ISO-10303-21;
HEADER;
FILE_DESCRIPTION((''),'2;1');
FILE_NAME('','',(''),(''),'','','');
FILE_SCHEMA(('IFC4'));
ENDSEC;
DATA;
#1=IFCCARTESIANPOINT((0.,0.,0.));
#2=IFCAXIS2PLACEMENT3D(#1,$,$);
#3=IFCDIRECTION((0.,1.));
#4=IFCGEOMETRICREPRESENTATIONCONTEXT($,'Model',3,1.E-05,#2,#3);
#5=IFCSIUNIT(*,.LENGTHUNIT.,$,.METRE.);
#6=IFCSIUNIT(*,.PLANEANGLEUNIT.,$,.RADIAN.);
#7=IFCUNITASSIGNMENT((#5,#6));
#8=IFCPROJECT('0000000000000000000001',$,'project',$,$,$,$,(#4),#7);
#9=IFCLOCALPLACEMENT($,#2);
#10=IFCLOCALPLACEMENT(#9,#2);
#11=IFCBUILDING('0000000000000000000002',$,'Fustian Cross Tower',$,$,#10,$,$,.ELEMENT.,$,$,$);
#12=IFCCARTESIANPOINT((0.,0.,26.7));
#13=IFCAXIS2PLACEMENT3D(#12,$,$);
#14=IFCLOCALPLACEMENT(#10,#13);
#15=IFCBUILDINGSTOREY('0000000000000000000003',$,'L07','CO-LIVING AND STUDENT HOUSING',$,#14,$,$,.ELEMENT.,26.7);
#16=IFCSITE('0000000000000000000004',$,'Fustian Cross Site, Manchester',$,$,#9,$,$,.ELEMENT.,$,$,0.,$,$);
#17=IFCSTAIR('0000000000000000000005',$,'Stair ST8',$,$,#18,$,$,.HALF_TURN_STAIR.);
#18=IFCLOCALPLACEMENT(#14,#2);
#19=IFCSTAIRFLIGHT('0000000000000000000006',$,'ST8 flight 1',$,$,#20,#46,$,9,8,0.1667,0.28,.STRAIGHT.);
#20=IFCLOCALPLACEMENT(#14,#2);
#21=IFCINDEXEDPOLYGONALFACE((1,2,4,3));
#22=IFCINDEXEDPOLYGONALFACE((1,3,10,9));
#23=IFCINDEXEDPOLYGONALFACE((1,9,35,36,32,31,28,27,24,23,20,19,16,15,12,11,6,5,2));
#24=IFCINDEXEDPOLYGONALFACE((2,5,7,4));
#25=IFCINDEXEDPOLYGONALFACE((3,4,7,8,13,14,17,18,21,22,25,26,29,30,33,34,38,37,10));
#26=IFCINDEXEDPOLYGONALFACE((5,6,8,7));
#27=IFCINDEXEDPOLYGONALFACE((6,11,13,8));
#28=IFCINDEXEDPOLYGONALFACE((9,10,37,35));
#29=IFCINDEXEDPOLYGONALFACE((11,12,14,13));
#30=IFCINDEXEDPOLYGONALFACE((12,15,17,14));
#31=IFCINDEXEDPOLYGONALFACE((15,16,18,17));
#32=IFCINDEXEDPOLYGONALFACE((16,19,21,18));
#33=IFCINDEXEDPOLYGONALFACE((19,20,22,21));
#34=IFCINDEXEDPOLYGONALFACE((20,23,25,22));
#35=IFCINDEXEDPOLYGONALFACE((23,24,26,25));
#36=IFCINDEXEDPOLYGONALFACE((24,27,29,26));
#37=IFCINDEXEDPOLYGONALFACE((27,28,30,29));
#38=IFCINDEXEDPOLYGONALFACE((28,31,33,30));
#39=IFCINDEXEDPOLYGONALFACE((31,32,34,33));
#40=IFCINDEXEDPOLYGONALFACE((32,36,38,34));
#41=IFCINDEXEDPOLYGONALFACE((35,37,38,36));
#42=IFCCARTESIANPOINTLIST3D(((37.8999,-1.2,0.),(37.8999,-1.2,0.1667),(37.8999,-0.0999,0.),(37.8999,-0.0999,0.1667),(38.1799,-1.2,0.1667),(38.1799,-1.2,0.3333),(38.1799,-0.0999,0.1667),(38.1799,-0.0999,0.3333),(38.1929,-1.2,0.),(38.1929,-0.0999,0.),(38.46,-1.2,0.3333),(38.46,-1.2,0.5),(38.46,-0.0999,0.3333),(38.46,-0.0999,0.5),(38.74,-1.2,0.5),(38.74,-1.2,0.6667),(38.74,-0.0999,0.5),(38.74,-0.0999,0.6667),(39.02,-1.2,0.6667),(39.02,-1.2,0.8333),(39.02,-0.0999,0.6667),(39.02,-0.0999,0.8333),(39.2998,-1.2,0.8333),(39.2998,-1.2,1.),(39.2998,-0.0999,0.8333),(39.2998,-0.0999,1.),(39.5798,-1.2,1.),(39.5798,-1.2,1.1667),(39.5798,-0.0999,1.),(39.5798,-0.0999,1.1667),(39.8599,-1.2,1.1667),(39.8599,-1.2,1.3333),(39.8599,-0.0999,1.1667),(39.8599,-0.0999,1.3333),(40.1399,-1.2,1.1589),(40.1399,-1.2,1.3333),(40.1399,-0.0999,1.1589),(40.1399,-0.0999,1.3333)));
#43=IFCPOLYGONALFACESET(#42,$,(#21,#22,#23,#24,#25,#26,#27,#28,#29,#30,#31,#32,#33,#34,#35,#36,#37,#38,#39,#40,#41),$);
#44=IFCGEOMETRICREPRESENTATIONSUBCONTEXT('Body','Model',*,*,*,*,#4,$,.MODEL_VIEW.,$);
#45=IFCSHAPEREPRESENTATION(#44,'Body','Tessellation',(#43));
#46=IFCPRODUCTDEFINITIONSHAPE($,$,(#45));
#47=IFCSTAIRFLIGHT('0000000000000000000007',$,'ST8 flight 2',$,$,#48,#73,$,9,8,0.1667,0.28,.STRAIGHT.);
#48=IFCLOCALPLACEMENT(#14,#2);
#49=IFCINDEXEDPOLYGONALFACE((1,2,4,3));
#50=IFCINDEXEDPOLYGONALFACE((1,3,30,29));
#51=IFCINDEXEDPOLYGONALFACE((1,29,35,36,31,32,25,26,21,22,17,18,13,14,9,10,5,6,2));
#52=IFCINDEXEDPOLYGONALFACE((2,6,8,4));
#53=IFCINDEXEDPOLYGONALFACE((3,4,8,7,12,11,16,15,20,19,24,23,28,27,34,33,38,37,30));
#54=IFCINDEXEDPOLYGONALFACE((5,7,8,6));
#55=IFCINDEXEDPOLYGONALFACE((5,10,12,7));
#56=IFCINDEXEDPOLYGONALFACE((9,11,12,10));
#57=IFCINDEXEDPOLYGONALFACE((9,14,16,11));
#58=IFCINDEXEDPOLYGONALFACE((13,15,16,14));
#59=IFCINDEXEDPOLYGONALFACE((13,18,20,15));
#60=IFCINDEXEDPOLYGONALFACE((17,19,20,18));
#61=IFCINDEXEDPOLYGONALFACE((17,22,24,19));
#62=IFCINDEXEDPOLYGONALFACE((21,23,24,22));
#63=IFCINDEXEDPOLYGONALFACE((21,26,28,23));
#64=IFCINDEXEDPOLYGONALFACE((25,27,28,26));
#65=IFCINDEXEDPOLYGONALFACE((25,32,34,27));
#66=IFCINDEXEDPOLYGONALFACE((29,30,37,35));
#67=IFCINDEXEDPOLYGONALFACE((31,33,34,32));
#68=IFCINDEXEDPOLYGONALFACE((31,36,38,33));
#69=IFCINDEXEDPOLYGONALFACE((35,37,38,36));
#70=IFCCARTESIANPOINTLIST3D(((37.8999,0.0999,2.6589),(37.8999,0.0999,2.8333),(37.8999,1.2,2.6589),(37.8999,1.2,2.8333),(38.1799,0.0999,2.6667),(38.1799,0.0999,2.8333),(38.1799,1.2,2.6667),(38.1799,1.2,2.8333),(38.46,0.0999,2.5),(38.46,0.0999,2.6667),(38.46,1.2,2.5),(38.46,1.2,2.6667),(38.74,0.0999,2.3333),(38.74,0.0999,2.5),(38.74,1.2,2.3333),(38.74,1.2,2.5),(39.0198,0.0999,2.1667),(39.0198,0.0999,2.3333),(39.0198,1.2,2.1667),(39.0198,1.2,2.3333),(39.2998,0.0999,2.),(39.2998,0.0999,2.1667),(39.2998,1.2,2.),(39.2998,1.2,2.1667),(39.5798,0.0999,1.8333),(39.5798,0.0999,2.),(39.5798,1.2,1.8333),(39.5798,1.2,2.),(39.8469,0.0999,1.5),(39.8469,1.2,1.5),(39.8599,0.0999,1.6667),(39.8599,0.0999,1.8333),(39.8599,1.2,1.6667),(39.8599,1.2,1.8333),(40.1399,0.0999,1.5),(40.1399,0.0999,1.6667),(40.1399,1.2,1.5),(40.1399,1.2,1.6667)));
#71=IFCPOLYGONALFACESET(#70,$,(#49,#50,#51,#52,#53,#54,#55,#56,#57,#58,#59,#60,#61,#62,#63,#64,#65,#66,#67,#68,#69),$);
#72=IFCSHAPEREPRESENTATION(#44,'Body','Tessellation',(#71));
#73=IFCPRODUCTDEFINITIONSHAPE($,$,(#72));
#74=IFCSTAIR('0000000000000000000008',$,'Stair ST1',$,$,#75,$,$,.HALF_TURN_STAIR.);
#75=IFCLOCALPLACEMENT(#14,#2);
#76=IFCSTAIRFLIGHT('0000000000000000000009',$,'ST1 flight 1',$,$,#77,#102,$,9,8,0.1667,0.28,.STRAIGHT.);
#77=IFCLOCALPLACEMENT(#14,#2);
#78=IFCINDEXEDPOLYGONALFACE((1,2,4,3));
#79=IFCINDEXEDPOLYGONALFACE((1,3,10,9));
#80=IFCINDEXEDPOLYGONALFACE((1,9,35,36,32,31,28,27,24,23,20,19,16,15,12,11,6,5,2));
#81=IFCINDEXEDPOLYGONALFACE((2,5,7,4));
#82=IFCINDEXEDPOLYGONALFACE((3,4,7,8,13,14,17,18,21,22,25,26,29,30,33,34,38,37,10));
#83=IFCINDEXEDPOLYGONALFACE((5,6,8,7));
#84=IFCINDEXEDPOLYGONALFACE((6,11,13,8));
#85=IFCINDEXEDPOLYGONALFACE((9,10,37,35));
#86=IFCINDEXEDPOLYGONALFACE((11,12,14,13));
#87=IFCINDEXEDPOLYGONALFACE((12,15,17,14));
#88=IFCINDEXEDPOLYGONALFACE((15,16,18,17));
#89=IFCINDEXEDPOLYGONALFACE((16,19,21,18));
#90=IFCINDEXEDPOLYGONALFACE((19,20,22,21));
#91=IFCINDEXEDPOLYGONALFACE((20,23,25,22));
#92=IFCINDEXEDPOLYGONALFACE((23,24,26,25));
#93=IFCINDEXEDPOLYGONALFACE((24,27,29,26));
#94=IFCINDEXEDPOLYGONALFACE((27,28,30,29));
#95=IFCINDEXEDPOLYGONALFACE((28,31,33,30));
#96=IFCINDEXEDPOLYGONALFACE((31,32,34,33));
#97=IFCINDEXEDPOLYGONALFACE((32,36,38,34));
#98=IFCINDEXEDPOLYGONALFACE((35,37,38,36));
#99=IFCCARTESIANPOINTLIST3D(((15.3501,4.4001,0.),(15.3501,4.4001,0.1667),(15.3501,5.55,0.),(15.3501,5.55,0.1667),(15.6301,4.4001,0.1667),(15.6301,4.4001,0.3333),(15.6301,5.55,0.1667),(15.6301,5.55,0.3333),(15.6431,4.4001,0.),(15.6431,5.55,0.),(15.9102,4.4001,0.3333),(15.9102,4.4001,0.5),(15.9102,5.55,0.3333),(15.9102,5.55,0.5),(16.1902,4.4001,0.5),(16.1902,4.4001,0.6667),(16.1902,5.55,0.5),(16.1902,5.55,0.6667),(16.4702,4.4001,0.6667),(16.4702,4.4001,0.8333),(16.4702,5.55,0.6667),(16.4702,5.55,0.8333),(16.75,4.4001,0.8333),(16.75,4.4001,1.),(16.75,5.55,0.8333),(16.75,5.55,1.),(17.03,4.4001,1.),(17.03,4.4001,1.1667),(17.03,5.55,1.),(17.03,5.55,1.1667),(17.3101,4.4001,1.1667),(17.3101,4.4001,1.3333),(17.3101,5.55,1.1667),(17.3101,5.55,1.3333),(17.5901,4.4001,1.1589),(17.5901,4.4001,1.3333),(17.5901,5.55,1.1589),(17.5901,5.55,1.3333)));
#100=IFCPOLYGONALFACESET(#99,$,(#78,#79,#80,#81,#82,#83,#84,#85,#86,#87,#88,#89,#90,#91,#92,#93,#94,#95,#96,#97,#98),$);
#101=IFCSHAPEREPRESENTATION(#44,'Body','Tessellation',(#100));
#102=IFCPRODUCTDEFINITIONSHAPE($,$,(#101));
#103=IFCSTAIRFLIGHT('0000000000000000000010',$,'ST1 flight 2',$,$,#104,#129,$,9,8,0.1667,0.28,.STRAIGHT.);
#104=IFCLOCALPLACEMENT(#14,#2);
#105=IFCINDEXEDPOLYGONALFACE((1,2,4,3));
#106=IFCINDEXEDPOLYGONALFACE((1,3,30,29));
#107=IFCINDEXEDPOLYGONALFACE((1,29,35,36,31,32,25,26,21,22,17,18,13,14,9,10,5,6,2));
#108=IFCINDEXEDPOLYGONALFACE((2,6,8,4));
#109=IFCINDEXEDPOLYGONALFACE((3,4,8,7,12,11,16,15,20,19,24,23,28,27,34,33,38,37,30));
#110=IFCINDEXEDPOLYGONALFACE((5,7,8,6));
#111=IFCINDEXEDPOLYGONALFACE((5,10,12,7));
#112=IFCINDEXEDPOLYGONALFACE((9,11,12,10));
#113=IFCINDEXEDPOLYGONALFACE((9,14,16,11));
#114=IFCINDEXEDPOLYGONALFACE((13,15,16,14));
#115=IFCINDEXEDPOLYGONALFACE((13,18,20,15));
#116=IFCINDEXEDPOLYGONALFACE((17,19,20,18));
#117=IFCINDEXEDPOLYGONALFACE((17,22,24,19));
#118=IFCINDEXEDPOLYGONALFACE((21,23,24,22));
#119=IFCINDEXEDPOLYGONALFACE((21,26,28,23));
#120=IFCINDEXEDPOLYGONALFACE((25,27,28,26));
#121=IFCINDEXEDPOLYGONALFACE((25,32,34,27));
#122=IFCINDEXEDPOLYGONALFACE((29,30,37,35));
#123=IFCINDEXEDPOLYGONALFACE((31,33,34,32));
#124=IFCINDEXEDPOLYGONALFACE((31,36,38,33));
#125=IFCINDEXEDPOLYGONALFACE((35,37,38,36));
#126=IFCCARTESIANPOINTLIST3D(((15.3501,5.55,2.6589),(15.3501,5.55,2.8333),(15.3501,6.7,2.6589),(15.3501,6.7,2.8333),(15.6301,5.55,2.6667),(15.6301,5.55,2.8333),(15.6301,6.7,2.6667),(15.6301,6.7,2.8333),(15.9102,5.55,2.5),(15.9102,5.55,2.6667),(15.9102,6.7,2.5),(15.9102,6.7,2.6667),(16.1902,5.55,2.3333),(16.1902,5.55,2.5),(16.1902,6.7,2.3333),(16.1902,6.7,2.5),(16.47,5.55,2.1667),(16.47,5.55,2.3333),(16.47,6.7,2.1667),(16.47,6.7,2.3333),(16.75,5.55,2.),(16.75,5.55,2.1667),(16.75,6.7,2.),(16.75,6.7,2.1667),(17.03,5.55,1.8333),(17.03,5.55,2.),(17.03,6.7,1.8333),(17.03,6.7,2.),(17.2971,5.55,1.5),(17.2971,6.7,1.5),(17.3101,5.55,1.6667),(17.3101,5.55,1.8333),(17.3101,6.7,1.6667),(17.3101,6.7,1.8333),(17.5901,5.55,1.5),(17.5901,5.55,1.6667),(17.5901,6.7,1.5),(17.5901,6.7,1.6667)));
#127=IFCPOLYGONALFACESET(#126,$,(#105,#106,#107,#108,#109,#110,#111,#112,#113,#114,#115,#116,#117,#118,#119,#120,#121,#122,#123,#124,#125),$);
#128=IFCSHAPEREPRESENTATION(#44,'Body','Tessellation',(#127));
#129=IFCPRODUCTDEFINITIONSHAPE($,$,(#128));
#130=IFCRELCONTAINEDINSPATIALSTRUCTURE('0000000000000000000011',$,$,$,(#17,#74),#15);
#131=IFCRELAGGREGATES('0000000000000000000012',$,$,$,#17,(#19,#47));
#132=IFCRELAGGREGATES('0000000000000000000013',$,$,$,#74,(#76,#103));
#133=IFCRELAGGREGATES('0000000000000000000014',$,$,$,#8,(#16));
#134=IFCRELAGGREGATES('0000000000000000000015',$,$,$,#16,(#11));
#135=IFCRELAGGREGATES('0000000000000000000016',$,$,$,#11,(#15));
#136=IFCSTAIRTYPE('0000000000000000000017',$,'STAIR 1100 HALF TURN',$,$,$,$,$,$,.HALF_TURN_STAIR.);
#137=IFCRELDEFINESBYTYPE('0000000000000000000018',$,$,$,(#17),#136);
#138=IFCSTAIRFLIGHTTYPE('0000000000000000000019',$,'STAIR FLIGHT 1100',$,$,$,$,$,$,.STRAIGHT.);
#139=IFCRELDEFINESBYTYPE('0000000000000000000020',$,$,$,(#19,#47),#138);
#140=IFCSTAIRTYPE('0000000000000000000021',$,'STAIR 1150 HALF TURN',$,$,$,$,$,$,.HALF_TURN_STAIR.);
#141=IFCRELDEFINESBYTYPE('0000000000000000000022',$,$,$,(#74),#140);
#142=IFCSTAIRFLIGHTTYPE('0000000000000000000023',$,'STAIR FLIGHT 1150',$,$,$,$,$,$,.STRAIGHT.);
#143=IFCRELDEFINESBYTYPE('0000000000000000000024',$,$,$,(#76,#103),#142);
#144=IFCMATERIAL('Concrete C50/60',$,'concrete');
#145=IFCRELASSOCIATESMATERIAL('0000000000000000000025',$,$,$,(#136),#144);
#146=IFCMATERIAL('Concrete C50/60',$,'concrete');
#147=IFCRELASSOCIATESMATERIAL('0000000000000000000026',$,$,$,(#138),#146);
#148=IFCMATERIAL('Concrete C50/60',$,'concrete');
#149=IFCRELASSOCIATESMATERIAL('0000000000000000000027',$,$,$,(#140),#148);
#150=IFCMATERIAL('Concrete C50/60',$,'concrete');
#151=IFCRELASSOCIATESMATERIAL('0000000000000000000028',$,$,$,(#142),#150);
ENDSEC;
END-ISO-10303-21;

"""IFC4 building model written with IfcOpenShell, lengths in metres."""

from ifc_helpers import new_model, si_unit, direction, frame, origin, place, context, subcontext, project, spatial, polyline, outline, extrude, material, type_object, element, aggregate, save


model = new_model("IFC4")

# Units and contexts
model_context = context("Model", 3, precision=1e-05, world=origin(), true_north=direction((0.0, 1.0)))
body_context = subcontext(model_context, "Body", "Model", "MODEL_VIEW")
ifc_project = project(units=[si_unit("LENGTHUNIT", "METRE"), si_unit("PLANEANGLEUNIT", "RADIAN")], contexts=[model_context])

# Site, building, storey
site_placement = place(None, origin())
site = spatial("IfcSite", under=ifc_project, at=site_placement, Name="Fustian Cross Site, Manchester", CompositionType="ELEMENT", RefElevation=0.0)
building_placement = place(site_placement, origin())
building = spatial("IfcBuilding", under=site, at=building_placement, Name="Fustian Cross Tower", CompositionType="ELEMENT")
storey_placement = place(building_placement, frame((0.0, 0.0, 26.7)))
storey = spatial("IfcBuildingStorey", under=building, at=storey_placement, Name="L07", Description="CO-LIVING AND STUDENT HOUSING", CompositionType="ELEMENT", Elevation=26.7)

# Stairs, stair flights
ifc_material_1 = material(Name="Concrete C50/60", Category="concrete")
stair_type_1 = type_object("IfcStairType", Name="STAIR 1100 HALF TURN", PredefinedType="HALF_TURN_STAIR", material=ifc_material_1)
stair_1_placement = place(storey_placement, origin())
stair_1 = element("IfcStair", 1, at=stair_1_placement, inside=storey, type_object=stair_type_1, Name="Stair ST8", PredefinedType="HALF_TURN_STAIR")
ifc_material_2 = material(Name="Concrete C50/60", Category="concrete")
stair_flight_type_1 = type_object("IfcStairFlightType", Name="STAIR FLIGHT 1100", PredefinedType="STRAIGHT", material=ifc_material_2)
stair_flight_1_placement = place(storey_placement, frame((37.8999, -0.6499, 0.0), z_axis=(0.0, 0.0, 1.0), x_axis=(1.0, 0.0, 0.0)))
stair_flight_1 = element("IfcStairFlight", 2, at=stair_flight_1_placement, type_object=stair_flight_type_1, Name="ST8 flight 1", NumberOfRisers=9, NumberOfTreads=8, PredefinedType="STRAIGHT", RiserHeight=0.1667, TreadLength=0.28, context=body_context, shape_type="SweptSolid", body=[
    extrude(outline(polyline([(0.0, 0.0), (0.0, 0.1667), (0.28, 0.1667), (0.28, 0.3333), (0.5601, 0.3333), (0.5601, 0.5), (0.8401, 0.5), (0.8401, 0.6667), (1.1201, 0.6667), (1.1201, 0.8333), (1.3999, 0.8333), (1.3999, 1.0), (1.6799, 1.0), (1.6799, 1.1667), (1.96, 1.1667), (1.96, 1.3333), (2.24, 1.3333), (2.24, 1.5), (2.24, 1.1589), (0.293, 0.0), (0.0, 0.0)])), frame((0.0, 0.55, 0.0), z_axis=(0.0, -1.0, 0.0), x_axis=(1.0, 0.0, 0.0)), (0.0, 0.0, 1.0), 1.1001),
])
stair_flight_2_placement = place(storey_placement, frame((40.1399, 0.6499, 1.5), z_axis=(0.0, 0.0, 1.0), x_axis=(-1.0, 0.0, 0.0)))
stair_flight_2 = element("IfcStairFlight", 3, at=stair_flight_2_placement, type_object=stair_flight_type_1, Name="ST8 flight 2", NumberOfRisers=9, NumberOfTreads=8, PredefinedType="STRAIGHT", RiserHeight=0.1667, TreadLength=0.28, context=body_context, shape_type="SweptSolid", body=[
    extrude(outline(polyline([(0.0, 0.0), (0.0, 0.1667), (0.28, 0.1667), (0.28, 0.3333), (0.5601, 0.3333), (0.5601, 0.5), (0.8401, 0.5), (0.8401, 0.6667), (1.1201, 0.6667), (1.1201, 0.8333), (1.3999, 0.8333), (1.3999, 1.0), (1.6799, 1.0), (1.6799, 1.1667), (1.96, 1.1667), (1.96, 1.3333), (2.24, 1.3333), (2.24, 1.5), (2.24, 1.1589), (0.293, 0.0), (0.0, 0.0)])), frame((0.0, 0.55, 0.0), z_axis=(0.0, -1.0, 0.0), x_axis=(1.0, 0.0, 0.0)), (0.0, 0.0, 1.0), 1.1001),
])
aggregate(stair_1, [stair_flight_1, stair_flight_2])
ifc_material_3 = material(Name="Concrete C50/60", Category="concrete")
stair_type_2 = type_object("IfcStairType", Name="STAIR 1150 HALF TURN", PredefinedType="HALF_TURN_STAIR", material=ifc_material_3)
stair_2_placement = place(storey_placement, origin())
stair_2 = element("IfcStair", 4, at=stair_2_placement, inside=storey, type_object=stair_type_2, Name="Stair ST1", PredefinedType="HALF_TURN_STAIR")
ifc_material_4 = material(Name="Concrete C50/60", Category="concrete")
stair_flight_type_2 = type_object("IfcStairFlightType", Name="STAIR FLIGHT 1150", PredefinedType="STRAIGHT", material=ifc_material_4)
stair_flight_3_placement = place(storey_placement, frame((15.3501, 4.9751, 0.0), z_axis=(0.0, 0.0, 1.0), x_axis=(1.0, 0.0, 0.0)))
stair_flight_3 = element("IfcStairFlight", 5, at=stair_flight_3_placement, type_object=stair_flight_type_2, Name="ST1 flight 1", NumberOfRisers=9, NumberOfTreads=8, PredefinedType="STRAIGHT", RiserHeight=0.1667, TreadLength=0.28, context=body_context, shape_type="SweptSolid", body=[
    extrude(outline(polyline([(0.0, 0.0), (0.0, 0.1667), (0.28, 0.1667), (0.28, 0.3333), (0.5601, 0.3333), (0.5601, 0.5), (0.8401, 0.5), (0.8401, 0.6667), (1.1201, 0.6667), (1.1201, 0.8333), (1.3999, 0.8333), (1.3999, 1.0), (1.6799, 1.0), (1.6799, 1.1667), (1.96, 1.1667), (1.96, 1.3333), (2.24, 1.3333), (2.24, 1.5), (2.24, 1.1589), (0.293, 0.0), (0.0, 0.0)])), frame((0.0, 0.575, 0.0), z_axis=(0.0, -1.0, 0.0), x_axis=(1.0, 0.0, 0.0)), (0.0, 0.0, 1.0), 1.1499),
])
stair_flight_4_placement = place(storey_placement, frame((17.5901, 6.125, 1.5), z_axis=(0.0, 0.0, 1.0), x_axis=(-1.0, 0.0, 0.0)))
stair_flight_4 = element("IfcStairFlight", 6, at=stair_flight_4_placement, type_object=stair_flight_type_2, Name="ST1 flight 2", NumberOfRisers=9, NumberOfTreads=8, PredefinedType="STRAIGHT", RiserHeight=0.1667, TreadLength=0.28, context=body_context, shape_type="SweptSolid", body=[
    extrude(outline(polyline([(0.0, 0.0), (0.0, 0.1667), (0.28, 0.1667), (0.28, 0.3333), (0.5601, 0.3333), (0.5601, 0.5), (0.8401, 0.5), (0.8401, 0.6667), (1.1201, 0.6667), (1.1201, 0.8333), (1.3999, 0.8333), (1.3999, 1.0), (1.6799, 1.0), (1.6799, 1.1667), (1.96, 1.1667), (1.96, 1.3333), (2.24, 1.3333), (2.24, 1.5), (2.24, 1.1589), (0.293, 0.0), (0.0, 0.0)])), frame((0.0, 0.575, 0.0), z_axis=(0.0, -1.0, 0.0), x_axis=(1.0, 0.0, 0.0)), (0.0, 0.0, 1.0), 1.1499),
])
aggregate(stair_2, [stair_flight_3, stair_flight_4])

save(model, "model.ifc")
